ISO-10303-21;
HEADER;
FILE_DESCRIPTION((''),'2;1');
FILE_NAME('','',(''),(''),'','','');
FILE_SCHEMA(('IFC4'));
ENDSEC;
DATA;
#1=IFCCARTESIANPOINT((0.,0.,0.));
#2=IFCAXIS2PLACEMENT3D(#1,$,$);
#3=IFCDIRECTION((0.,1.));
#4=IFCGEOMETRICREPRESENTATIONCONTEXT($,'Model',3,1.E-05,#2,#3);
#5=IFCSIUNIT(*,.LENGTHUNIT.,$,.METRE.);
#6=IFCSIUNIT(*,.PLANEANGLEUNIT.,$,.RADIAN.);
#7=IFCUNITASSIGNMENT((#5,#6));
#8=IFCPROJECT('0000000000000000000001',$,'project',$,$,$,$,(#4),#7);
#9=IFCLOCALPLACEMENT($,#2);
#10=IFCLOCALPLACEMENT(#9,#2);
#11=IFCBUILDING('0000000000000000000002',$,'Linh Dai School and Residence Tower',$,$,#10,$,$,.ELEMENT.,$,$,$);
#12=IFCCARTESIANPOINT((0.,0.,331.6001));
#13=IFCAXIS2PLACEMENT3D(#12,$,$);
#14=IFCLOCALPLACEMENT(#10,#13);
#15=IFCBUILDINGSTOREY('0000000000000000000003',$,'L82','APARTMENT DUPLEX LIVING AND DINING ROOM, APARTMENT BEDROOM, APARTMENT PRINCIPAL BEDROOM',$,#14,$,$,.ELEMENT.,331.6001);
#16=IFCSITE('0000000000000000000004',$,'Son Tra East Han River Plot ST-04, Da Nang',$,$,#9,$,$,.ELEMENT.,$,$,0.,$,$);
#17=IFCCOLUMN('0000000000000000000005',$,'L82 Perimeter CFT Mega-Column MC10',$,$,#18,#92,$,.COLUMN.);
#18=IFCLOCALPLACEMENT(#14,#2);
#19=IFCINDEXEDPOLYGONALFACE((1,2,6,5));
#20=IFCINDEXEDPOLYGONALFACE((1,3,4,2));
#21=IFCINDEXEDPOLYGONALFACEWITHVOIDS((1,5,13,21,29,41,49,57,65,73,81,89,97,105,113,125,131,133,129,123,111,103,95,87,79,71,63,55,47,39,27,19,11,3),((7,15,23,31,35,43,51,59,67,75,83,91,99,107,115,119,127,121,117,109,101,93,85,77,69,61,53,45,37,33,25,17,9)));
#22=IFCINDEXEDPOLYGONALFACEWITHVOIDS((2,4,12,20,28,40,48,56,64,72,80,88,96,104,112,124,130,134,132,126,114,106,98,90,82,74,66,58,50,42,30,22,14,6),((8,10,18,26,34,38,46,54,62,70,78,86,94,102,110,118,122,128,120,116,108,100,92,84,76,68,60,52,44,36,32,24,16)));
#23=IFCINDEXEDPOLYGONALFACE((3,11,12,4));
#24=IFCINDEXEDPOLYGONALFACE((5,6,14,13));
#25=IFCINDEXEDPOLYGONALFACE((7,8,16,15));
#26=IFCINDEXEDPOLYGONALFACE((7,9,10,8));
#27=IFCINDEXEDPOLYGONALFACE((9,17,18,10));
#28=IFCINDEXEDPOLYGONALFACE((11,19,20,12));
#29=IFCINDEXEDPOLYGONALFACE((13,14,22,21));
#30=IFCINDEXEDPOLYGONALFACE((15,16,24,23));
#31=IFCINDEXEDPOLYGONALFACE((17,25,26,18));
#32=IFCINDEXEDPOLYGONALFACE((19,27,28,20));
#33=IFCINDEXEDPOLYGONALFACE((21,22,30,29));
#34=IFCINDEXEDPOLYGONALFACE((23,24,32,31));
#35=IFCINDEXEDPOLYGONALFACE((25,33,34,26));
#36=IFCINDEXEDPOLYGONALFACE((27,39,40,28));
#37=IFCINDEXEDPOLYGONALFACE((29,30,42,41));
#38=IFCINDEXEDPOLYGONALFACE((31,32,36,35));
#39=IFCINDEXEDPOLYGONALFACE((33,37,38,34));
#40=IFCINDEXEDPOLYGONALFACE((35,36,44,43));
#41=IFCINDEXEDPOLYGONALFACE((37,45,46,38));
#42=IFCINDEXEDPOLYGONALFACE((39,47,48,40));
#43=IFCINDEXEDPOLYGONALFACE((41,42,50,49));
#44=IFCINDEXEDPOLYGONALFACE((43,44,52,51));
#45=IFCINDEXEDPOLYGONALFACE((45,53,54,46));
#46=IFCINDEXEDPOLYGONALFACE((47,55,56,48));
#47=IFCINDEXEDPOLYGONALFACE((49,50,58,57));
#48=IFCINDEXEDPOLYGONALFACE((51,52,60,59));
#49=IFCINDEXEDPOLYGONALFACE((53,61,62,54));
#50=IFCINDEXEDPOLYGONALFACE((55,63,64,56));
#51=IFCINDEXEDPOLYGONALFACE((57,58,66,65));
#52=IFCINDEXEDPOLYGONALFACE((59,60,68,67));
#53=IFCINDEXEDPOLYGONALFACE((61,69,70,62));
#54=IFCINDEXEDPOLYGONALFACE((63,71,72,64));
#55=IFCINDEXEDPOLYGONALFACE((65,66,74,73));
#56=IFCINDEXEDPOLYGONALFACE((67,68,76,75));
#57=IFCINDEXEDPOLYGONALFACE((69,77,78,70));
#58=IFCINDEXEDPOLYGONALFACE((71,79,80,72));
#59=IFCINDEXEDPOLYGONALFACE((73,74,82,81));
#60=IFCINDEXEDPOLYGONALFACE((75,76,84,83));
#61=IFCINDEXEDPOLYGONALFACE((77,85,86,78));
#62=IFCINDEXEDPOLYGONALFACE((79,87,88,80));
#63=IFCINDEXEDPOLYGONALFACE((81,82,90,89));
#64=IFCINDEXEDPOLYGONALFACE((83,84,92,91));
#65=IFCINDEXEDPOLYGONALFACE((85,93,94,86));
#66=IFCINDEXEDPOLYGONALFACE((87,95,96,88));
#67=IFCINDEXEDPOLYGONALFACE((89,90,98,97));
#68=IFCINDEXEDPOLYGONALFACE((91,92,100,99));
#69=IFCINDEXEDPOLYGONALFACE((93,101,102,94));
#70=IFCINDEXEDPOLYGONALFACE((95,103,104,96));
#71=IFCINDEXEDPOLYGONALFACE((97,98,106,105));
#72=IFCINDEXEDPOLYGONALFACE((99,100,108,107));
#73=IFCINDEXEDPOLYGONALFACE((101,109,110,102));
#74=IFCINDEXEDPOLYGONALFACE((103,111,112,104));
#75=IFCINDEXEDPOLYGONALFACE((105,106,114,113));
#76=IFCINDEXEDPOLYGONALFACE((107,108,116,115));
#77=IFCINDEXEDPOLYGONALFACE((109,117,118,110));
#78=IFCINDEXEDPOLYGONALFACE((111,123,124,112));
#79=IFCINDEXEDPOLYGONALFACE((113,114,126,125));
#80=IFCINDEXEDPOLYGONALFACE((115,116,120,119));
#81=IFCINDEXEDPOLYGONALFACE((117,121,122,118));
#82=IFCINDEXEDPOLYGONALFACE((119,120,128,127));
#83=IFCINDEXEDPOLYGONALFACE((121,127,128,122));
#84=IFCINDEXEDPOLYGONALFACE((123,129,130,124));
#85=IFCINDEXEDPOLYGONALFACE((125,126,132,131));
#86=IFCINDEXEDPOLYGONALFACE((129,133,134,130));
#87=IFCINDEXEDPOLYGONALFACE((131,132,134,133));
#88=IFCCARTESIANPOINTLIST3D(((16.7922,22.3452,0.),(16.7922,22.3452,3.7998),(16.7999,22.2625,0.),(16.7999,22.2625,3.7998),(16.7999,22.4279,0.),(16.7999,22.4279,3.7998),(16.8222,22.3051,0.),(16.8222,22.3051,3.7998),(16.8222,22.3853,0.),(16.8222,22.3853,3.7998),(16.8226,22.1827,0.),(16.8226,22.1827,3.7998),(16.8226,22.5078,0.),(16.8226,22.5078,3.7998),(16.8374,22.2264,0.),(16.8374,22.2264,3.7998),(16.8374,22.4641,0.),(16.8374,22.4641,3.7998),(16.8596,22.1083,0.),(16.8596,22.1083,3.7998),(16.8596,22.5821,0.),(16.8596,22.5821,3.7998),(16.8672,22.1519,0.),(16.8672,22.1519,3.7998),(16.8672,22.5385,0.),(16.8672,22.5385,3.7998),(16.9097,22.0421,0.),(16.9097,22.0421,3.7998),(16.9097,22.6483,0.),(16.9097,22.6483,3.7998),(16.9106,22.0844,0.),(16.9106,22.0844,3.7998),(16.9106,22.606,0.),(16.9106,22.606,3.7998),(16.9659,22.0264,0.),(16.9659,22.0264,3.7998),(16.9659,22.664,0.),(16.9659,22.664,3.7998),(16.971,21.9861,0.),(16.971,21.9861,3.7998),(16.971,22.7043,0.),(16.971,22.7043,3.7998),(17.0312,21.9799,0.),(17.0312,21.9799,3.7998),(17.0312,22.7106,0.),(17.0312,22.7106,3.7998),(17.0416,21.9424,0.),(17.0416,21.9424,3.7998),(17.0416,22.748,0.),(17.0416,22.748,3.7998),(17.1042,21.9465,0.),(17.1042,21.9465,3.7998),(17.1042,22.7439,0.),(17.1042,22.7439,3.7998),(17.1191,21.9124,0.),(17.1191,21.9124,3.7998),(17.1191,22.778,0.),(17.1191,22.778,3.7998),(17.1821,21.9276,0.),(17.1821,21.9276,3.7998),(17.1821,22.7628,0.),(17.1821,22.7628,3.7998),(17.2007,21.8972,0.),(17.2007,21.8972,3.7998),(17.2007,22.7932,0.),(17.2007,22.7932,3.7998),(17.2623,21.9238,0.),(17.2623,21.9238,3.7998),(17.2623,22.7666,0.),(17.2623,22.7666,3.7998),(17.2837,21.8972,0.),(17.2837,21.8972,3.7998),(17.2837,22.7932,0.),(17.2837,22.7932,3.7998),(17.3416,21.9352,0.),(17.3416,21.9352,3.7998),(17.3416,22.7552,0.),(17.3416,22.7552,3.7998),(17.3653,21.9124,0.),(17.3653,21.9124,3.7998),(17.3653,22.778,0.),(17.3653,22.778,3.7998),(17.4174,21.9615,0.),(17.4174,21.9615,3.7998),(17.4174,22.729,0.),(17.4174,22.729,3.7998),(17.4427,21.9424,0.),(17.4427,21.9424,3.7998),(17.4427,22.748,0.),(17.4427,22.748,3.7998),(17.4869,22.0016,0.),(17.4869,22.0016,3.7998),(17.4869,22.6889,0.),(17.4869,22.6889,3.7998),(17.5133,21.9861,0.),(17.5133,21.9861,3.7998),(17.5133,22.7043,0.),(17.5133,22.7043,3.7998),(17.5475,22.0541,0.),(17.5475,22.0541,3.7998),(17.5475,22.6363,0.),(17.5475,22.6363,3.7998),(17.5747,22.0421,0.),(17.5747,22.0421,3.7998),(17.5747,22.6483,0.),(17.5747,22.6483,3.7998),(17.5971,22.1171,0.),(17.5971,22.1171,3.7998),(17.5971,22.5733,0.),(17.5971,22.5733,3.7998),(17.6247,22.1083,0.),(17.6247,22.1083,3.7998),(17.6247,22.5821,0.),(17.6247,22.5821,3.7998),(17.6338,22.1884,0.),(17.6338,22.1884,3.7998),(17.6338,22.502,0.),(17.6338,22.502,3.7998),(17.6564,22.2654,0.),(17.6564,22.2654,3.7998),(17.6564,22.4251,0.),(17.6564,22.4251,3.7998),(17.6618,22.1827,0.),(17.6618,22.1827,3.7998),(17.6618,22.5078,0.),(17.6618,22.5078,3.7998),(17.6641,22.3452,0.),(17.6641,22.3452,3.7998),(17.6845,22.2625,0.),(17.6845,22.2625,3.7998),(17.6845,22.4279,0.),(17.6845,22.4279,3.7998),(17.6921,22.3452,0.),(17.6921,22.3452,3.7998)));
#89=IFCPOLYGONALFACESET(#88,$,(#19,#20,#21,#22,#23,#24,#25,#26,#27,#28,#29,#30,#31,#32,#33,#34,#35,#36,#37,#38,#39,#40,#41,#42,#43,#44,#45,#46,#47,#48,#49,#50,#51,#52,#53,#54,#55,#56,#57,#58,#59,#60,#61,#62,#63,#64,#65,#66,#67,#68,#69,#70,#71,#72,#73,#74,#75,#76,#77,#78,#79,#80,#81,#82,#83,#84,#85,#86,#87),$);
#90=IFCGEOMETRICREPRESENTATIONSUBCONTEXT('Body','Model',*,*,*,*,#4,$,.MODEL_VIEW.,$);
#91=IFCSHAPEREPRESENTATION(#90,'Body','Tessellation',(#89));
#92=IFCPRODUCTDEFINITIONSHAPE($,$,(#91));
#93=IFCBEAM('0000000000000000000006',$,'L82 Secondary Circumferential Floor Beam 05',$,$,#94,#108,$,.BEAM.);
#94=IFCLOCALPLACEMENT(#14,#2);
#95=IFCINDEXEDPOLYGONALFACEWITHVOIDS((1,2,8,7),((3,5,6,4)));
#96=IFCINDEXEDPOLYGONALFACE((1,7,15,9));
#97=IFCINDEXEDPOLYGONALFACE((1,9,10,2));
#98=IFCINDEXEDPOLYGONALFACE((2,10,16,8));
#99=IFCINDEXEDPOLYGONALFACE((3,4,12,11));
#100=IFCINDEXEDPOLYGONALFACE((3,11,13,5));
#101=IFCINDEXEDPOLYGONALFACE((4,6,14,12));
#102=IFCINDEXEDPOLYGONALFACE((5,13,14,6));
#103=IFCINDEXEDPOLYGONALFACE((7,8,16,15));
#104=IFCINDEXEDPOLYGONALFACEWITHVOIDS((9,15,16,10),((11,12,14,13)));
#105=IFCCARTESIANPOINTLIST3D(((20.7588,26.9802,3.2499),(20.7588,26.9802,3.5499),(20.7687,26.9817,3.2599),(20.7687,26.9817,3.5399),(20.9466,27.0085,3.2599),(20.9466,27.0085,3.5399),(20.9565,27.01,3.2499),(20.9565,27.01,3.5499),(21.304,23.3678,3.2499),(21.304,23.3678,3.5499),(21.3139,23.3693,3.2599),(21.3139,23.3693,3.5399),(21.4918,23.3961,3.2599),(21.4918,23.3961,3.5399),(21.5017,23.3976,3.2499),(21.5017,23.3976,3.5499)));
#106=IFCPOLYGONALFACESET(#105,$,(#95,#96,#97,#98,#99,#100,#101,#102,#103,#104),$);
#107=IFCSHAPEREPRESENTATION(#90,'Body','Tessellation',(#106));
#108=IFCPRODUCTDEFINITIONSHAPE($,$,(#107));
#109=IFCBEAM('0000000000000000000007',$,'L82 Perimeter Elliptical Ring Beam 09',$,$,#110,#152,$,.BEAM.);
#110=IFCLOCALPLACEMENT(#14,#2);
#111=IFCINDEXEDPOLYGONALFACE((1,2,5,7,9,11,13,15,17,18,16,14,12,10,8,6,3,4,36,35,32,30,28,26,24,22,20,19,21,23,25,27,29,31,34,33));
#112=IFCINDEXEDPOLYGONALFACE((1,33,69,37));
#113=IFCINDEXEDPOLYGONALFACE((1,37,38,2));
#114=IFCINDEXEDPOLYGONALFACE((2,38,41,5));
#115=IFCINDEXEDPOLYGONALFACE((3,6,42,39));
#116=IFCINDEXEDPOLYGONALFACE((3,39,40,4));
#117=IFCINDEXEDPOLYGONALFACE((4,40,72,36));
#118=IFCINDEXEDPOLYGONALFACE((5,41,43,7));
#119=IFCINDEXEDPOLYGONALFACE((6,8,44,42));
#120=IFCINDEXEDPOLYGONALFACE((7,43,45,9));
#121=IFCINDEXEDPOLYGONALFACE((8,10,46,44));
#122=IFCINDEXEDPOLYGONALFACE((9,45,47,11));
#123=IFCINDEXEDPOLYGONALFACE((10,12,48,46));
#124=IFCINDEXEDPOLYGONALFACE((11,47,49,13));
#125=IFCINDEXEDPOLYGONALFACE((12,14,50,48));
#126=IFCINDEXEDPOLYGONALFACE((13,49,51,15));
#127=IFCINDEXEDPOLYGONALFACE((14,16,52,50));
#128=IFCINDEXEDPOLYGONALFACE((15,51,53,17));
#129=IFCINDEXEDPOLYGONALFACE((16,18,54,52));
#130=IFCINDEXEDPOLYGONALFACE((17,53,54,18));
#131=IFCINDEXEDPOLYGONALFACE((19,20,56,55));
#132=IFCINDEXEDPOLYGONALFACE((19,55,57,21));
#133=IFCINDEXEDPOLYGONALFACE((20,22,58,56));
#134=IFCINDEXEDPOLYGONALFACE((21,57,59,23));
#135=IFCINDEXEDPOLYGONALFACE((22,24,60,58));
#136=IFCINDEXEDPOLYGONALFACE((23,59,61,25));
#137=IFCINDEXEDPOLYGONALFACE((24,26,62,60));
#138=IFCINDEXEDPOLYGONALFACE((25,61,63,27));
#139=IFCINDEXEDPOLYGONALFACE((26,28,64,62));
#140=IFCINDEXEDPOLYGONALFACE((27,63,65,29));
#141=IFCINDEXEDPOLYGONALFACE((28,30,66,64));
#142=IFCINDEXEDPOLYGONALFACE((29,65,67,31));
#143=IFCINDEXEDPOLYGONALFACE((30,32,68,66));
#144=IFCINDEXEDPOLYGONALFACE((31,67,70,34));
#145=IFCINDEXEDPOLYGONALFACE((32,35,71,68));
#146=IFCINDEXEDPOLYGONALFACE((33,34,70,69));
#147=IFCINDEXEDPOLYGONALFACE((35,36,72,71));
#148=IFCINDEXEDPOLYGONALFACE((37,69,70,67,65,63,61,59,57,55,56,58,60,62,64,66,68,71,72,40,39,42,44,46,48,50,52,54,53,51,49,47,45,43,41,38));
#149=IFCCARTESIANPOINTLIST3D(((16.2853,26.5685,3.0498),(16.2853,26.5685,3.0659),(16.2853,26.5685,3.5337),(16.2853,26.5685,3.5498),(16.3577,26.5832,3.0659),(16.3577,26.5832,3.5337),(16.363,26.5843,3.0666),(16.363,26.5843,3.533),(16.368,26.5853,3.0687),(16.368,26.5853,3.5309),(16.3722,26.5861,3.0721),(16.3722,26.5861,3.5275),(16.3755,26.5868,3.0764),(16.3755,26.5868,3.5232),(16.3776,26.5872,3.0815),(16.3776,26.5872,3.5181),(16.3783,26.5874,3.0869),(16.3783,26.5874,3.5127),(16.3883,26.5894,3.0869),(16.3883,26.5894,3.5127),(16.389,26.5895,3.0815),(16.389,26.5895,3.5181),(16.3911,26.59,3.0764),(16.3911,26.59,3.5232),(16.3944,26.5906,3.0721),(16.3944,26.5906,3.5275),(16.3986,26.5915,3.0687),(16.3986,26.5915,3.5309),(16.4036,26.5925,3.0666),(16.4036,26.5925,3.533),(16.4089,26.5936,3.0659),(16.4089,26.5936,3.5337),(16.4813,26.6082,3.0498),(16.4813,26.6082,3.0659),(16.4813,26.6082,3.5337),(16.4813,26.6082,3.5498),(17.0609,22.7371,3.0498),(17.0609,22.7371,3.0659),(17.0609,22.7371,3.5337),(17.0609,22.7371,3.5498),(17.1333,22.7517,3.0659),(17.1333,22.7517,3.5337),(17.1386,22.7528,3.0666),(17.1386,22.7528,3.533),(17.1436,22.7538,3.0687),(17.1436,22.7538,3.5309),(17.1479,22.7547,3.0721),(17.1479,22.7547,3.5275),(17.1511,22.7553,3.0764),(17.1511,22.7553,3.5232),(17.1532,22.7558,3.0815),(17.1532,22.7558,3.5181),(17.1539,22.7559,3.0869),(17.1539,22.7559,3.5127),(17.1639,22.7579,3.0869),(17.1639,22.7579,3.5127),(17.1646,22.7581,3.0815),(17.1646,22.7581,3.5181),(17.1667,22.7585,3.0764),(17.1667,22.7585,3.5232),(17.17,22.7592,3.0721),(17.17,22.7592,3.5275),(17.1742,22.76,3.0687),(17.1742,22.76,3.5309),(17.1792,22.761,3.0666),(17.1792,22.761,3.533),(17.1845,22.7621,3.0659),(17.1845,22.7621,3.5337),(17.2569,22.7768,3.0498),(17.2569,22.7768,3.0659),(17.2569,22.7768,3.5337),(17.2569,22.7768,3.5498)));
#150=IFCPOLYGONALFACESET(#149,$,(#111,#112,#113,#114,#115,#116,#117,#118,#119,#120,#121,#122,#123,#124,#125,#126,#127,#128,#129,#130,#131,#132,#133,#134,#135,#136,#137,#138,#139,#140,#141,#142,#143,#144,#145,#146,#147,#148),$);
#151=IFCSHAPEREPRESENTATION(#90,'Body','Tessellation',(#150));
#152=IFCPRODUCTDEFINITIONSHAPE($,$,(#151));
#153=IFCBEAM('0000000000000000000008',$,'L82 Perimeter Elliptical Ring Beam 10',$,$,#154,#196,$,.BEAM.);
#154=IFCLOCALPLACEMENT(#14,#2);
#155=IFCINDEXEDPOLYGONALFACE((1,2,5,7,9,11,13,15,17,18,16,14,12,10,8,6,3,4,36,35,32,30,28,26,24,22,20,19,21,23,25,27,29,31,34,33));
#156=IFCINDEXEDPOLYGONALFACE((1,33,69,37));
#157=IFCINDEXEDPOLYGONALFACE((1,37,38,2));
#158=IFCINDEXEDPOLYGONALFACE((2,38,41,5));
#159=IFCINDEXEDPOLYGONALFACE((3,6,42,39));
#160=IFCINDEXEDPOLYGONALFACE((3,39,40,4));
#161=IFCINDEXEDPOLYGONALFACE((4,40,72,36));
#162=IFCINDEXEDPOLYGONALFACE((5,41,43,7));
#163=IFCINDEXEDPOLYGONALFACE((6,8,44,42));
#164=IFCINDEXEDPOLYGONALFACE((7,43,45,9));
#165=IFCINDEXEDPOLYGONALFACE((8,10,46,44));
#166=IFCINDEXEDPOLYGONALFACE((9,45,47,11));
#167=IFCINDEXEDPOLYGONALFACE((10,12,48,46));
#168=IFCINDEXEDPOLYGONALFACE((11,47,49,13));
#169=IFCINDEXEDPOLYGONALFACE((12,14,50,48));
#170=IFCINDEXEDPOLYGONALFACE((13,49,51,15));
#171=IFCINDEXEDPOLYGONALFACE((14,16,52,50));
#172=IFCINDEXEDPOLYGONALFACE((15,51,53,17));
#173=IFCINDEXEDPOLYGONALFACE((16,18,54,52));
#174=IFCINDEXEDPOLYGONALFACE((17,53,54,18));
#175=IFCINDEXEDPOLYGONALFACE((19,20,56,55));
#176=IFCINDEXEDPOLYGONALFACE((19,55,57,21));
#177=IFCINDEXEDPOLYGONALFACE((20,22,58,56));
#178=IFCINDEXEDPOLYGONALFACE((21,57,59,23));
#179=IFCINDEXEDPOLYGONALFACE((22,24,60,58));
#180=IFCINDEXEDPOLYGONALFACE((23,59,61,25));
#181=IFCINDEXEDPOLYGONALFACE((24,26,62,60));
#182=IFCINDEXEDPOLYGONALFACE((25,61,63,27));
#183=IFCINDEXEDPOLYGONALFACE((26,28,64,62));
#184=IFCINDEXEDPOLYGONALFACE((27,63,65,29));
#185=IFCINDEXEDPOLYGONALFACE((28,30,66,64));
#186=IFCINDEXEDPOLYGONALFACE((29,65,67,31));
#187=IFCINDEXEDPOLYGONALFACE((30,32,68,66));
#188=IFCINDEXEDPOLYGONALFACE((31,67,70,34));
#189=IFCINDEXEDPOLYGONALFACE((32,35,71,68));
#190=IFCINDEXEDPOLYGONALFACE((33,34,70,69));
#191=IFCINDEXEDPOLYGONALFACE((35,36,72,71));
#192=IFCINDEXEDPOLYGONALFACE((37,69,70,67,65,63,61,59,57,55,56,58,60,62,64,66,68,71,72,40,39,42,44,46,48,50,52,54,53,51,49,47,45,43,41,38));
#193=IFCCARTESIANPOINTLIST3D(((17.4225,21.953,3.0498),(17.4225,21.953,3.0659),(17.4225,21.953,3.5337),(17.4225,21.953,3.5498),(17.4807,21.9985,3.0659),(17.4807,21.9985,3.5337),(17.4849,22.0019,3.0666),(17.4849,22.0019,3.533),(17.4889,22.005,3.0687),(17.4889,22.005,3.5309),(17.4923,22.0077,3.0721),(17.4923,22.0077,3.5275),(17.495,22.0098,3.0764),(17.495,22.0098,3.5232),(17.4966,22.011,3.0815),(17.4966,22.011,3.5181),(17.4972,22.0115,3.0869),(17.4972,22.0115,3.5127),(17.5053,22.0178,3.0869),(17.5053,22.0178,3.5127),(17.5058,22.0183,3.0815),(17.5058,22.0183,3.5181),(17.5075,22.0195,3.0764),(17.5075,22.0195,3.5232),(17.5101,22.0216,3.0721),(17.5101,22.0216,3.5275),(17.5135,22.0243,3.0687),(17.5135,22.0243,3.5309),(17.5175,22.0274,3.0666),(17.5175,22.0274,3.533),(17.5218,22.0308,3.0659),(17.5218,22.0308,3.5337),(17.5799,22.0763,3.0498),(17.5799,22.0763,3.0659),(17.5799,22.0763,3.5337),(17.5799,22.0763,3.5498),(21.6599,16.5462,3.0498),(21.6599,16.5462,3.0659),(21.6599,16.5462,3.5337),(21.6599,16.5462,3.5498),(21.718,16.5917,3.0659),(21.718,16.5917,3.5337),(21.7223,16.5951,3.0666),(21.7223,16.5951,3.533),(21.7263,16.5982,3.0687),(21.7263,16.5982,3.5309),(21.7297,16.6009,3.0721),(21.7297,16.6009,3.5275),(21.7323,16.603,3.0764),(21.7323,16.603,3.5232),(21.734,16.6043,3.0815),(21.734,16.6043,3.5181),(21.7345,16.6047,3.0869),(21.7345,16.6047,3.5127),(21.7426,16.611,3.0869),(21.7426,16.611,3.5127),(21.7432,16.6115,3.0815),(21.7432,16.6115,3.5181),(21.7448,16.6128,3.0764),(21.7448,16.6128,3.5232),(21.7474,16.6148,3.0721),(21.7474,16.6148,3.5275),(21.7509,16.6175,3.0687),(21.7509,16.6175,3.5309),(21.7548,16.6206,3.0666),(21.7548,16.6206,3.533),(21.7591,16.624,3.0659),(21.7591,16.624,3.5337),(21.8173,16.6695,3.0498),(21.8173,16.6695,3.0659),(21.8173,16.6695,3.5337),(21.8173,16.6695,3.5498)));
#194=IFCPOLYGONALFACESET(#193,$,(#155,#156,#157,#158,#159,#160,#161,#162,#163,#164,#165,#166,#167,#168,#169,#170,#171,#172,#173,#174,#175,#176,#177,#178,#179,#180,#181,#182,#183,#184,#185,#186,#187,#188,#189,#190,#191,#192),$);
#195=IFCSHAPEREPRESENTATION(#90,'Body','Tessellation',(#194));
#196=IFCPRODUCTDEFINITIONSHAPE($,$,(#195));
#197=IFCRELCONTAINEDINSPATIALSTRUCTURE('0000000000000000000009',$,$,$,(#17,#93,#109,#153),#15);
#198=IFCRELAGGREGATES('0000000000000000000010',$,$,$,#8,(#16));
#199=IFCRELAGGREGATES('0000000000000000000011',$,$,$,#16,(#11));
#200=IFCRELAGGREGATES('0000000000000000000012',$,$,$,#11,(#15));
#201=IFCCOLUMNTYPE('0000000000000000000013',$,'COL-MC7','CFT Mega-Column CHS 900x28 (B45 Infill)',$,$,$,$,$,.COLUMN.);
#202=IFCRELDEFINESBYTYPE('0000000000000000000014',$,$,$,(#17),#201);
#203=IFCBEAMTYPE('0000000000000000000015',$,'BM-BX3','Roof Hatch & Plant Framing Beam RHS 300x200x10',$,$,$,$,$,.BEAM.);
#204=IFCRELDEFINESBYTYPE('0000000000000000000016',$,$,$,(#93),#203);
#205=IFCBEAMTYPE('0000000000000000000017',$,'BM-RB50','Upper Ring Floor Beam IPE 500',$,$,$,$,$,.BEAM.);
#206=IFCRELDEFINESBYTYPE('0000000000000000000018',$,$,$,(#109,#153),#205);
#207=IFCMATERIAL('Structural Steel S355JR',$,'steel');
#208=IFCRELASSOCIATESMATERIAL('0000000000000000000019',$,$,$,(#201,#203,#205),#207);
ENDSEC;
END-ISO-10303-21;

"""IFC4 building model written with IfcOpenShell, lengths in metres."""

from ifc_helpers import new_model, si_unit, direction, frame, origin, origin_2d, place, context, subcontext, project, spatial, hollow_rectangle, hollow_circle, i_section, extrude, material, material_profile, profile_set, type_object, element, save


model = new_model("IFC4")

# Units and contexts
model_context = context("Model", 3, precision=1e-05, world=origin(), true_north=direction((0.0, 1.0)))
body_context = subcontext(model_context, "Body", "Model", "MODEL_VIEW")
ifc_project = project(units=[si_unit("LENGTHUNIT", "METRE"), si_unit("PLANEANGLEUNIT", "RADIAN")], contexts=[model_context])

# Site, building, storey
site_placement = place(None, origin())
site = spatial("IfcSite", under=ifc_project, at=site_placement, Name="Son Tra East Han River Plot ST-04, Da Nang", CompositionType="ELEMENT", RefElevation=0.0)
building_placement = place(site_placement, origin())
building = spatial("IfcBuilding", under=site, at=building_placement, Name="Linh Dai School and Residence Tower", CompositionType="ELEMENT")
storey_placement = place(building_placement, frame((0.0, 0.0, 331.6001)))
storey = spatial("IfcBuildingStorey", under=building, at=storey_placement, Name="L82", Description="APARTMENT DUPLEX LIVING AND DINING ROOM, APARTMENT BEDROOM, APARTMENT PRINCIPAL BEDROOM", CompositionType="ELEMENT", Elevation=331.6001)

# Column
ifc_material_1 = material(Name="Structural Steel S355JR", Category="steel")
ifc_material_profile_1 = material_profile(ifc_material_1, hollow_circle(Radius=0.45, WallThickness=0.0281, at=origin_2d()), Name="CHS 900x28")
ifc_profile_set_1 = profile_set([ifc_material_profile_1], Name="Structural Steel S355JR")
column_type = type_object("IfcColumnType", Name="COL-MC7", Description="CFT Mega-Column CHS 900x28 (B45 Infill)", PredefinedType="COLUMN", material=ifc_profile_set_1)
column_placement = place(storey_placement, frame((17.2422, 22.3452, 0.0), z_axis=(0.0, 0.0, 1.0), x_axis=(1.0, 0.0, 0.0)))
element("IfcColumn", 1, at=column_placement, inside=storey, type_object=column_type, Name="L82 Perimeter CFT Mega-Column MC10", PredefinedType="COLUMN", context=body_context, shape_type="SweptSolid", body=[
    extrude(hollow_circle(Radius=0.45, WallThickness=0.0281, at=origin_2d()), origin(), (0.0, 0.0, 1.0), 3.7998),
])

# Beams
ifc_material_profile_2 = material_profile(ifc_material_1, hollow_rectangle(XDim=0.2, YDim=0.3, WallThickness=0.01, at=origin_2d()), Name="RHS 300x200x10")
ifc_profile_set_2 = profile_set([ifc_material_profile_2], Name="Structural Steel S355JR")
beam_type_1 = type_object("IfcBeamType", Name="BM-BX3", Description="Roof Hatch & Plant Framing Beam RHS 300x200x10", PredefinedType="BEAM", material=ifc_profile_set_2)
beam_1_placement = place(storey_placement, frame((20.8577, 26.9951, 3.3999), z_axis=(0.149229, -0.988803, 0.0), x_axis=(0.988803, 0.149229, 0.0)))
element("IfcBeam", 2, at=beam_1_placement, inside=storey, type_object=beam_type_1, Name="L82 Secondary Circumferential Floor Beam 05", PredefinedType="BEAM", context=body_context, shape_type="SweptSolid", body=[
    extrude(hollow_rectangle(XDim=0.2, YDim=0.3, WallThickness=0.01, at=origin_2d()), origin(), (0.0, 0.0, 1.0), 3.6533),
])
ifc_material_profile_3 = material_profile(ifc_material_1, i_section(OverallWidth=0.2, OverallDepth=0.5, WebThickness=0.0103, FlangeThickness=0.0161, FilletRadius=0.021, at=origin_2d()), Name="IPE 500")
ifc_profile_set_3 = profile_set([ifc_material_profile_3], Name="Structural Steel S355JR")
beam_type_2 = type_object("IfcBeamType", Name="BM-RB50", Description="Upper Ring Floor Beam IPE 500", PredefinedType="BEAM", material=ifc_profile_set_3)
beam_2_placement = place(storey_placement, frame((16.3833, 26.5884, 3.2998), z_axis=(0.19841, -0.980119, 0.0), x_axis=(0.980119, 0.19841, 0.0)))
element("IfcBeam", 3, at=beam_2_placement, inside=storey, type_object=beam_type_2, Name="L82 Perimeter Elliptical Ring Beam 09", PredefinedType="BEAM", context=body_context, shape_type="SweptSolid", body=[
    extrude(i_section(OverallWidth=0.2, OverallDepth=0.5, WebThickness=0.0103, FlangeThickness=0.0161, FilletRadius=0.021, at=origin_2d()), origin(), (0.0, 0.0, 1.0), 3.9092),
])
beam_3_placement = place(storey_placement, frame((17.5012, 22.0146, 3.2998), z_axis=(0.616845, -0.787085, 0.0), x_axis=(0.787085, 0.616845, 0.0)))
element("IfcBeam", 4, at=beam_3_placement, inside=storey, type_object=beam_type_2, Name="L82 Perimeter Elliptical Ring Beam 10", PredefinedType="BEAM", context=body_context, shape_type="SweptSolid", body=[
    extrude(i_section(OverallWidth=0.2, OverallDepth=0.5, WebThickness=0.0103, FlangeThickness=0.0161, FilletRadius=0.021, at=origin_2d()), origin(), (0.0, 0.0, 1.0), 6.8694),
])

save(model, "model.ifc")
